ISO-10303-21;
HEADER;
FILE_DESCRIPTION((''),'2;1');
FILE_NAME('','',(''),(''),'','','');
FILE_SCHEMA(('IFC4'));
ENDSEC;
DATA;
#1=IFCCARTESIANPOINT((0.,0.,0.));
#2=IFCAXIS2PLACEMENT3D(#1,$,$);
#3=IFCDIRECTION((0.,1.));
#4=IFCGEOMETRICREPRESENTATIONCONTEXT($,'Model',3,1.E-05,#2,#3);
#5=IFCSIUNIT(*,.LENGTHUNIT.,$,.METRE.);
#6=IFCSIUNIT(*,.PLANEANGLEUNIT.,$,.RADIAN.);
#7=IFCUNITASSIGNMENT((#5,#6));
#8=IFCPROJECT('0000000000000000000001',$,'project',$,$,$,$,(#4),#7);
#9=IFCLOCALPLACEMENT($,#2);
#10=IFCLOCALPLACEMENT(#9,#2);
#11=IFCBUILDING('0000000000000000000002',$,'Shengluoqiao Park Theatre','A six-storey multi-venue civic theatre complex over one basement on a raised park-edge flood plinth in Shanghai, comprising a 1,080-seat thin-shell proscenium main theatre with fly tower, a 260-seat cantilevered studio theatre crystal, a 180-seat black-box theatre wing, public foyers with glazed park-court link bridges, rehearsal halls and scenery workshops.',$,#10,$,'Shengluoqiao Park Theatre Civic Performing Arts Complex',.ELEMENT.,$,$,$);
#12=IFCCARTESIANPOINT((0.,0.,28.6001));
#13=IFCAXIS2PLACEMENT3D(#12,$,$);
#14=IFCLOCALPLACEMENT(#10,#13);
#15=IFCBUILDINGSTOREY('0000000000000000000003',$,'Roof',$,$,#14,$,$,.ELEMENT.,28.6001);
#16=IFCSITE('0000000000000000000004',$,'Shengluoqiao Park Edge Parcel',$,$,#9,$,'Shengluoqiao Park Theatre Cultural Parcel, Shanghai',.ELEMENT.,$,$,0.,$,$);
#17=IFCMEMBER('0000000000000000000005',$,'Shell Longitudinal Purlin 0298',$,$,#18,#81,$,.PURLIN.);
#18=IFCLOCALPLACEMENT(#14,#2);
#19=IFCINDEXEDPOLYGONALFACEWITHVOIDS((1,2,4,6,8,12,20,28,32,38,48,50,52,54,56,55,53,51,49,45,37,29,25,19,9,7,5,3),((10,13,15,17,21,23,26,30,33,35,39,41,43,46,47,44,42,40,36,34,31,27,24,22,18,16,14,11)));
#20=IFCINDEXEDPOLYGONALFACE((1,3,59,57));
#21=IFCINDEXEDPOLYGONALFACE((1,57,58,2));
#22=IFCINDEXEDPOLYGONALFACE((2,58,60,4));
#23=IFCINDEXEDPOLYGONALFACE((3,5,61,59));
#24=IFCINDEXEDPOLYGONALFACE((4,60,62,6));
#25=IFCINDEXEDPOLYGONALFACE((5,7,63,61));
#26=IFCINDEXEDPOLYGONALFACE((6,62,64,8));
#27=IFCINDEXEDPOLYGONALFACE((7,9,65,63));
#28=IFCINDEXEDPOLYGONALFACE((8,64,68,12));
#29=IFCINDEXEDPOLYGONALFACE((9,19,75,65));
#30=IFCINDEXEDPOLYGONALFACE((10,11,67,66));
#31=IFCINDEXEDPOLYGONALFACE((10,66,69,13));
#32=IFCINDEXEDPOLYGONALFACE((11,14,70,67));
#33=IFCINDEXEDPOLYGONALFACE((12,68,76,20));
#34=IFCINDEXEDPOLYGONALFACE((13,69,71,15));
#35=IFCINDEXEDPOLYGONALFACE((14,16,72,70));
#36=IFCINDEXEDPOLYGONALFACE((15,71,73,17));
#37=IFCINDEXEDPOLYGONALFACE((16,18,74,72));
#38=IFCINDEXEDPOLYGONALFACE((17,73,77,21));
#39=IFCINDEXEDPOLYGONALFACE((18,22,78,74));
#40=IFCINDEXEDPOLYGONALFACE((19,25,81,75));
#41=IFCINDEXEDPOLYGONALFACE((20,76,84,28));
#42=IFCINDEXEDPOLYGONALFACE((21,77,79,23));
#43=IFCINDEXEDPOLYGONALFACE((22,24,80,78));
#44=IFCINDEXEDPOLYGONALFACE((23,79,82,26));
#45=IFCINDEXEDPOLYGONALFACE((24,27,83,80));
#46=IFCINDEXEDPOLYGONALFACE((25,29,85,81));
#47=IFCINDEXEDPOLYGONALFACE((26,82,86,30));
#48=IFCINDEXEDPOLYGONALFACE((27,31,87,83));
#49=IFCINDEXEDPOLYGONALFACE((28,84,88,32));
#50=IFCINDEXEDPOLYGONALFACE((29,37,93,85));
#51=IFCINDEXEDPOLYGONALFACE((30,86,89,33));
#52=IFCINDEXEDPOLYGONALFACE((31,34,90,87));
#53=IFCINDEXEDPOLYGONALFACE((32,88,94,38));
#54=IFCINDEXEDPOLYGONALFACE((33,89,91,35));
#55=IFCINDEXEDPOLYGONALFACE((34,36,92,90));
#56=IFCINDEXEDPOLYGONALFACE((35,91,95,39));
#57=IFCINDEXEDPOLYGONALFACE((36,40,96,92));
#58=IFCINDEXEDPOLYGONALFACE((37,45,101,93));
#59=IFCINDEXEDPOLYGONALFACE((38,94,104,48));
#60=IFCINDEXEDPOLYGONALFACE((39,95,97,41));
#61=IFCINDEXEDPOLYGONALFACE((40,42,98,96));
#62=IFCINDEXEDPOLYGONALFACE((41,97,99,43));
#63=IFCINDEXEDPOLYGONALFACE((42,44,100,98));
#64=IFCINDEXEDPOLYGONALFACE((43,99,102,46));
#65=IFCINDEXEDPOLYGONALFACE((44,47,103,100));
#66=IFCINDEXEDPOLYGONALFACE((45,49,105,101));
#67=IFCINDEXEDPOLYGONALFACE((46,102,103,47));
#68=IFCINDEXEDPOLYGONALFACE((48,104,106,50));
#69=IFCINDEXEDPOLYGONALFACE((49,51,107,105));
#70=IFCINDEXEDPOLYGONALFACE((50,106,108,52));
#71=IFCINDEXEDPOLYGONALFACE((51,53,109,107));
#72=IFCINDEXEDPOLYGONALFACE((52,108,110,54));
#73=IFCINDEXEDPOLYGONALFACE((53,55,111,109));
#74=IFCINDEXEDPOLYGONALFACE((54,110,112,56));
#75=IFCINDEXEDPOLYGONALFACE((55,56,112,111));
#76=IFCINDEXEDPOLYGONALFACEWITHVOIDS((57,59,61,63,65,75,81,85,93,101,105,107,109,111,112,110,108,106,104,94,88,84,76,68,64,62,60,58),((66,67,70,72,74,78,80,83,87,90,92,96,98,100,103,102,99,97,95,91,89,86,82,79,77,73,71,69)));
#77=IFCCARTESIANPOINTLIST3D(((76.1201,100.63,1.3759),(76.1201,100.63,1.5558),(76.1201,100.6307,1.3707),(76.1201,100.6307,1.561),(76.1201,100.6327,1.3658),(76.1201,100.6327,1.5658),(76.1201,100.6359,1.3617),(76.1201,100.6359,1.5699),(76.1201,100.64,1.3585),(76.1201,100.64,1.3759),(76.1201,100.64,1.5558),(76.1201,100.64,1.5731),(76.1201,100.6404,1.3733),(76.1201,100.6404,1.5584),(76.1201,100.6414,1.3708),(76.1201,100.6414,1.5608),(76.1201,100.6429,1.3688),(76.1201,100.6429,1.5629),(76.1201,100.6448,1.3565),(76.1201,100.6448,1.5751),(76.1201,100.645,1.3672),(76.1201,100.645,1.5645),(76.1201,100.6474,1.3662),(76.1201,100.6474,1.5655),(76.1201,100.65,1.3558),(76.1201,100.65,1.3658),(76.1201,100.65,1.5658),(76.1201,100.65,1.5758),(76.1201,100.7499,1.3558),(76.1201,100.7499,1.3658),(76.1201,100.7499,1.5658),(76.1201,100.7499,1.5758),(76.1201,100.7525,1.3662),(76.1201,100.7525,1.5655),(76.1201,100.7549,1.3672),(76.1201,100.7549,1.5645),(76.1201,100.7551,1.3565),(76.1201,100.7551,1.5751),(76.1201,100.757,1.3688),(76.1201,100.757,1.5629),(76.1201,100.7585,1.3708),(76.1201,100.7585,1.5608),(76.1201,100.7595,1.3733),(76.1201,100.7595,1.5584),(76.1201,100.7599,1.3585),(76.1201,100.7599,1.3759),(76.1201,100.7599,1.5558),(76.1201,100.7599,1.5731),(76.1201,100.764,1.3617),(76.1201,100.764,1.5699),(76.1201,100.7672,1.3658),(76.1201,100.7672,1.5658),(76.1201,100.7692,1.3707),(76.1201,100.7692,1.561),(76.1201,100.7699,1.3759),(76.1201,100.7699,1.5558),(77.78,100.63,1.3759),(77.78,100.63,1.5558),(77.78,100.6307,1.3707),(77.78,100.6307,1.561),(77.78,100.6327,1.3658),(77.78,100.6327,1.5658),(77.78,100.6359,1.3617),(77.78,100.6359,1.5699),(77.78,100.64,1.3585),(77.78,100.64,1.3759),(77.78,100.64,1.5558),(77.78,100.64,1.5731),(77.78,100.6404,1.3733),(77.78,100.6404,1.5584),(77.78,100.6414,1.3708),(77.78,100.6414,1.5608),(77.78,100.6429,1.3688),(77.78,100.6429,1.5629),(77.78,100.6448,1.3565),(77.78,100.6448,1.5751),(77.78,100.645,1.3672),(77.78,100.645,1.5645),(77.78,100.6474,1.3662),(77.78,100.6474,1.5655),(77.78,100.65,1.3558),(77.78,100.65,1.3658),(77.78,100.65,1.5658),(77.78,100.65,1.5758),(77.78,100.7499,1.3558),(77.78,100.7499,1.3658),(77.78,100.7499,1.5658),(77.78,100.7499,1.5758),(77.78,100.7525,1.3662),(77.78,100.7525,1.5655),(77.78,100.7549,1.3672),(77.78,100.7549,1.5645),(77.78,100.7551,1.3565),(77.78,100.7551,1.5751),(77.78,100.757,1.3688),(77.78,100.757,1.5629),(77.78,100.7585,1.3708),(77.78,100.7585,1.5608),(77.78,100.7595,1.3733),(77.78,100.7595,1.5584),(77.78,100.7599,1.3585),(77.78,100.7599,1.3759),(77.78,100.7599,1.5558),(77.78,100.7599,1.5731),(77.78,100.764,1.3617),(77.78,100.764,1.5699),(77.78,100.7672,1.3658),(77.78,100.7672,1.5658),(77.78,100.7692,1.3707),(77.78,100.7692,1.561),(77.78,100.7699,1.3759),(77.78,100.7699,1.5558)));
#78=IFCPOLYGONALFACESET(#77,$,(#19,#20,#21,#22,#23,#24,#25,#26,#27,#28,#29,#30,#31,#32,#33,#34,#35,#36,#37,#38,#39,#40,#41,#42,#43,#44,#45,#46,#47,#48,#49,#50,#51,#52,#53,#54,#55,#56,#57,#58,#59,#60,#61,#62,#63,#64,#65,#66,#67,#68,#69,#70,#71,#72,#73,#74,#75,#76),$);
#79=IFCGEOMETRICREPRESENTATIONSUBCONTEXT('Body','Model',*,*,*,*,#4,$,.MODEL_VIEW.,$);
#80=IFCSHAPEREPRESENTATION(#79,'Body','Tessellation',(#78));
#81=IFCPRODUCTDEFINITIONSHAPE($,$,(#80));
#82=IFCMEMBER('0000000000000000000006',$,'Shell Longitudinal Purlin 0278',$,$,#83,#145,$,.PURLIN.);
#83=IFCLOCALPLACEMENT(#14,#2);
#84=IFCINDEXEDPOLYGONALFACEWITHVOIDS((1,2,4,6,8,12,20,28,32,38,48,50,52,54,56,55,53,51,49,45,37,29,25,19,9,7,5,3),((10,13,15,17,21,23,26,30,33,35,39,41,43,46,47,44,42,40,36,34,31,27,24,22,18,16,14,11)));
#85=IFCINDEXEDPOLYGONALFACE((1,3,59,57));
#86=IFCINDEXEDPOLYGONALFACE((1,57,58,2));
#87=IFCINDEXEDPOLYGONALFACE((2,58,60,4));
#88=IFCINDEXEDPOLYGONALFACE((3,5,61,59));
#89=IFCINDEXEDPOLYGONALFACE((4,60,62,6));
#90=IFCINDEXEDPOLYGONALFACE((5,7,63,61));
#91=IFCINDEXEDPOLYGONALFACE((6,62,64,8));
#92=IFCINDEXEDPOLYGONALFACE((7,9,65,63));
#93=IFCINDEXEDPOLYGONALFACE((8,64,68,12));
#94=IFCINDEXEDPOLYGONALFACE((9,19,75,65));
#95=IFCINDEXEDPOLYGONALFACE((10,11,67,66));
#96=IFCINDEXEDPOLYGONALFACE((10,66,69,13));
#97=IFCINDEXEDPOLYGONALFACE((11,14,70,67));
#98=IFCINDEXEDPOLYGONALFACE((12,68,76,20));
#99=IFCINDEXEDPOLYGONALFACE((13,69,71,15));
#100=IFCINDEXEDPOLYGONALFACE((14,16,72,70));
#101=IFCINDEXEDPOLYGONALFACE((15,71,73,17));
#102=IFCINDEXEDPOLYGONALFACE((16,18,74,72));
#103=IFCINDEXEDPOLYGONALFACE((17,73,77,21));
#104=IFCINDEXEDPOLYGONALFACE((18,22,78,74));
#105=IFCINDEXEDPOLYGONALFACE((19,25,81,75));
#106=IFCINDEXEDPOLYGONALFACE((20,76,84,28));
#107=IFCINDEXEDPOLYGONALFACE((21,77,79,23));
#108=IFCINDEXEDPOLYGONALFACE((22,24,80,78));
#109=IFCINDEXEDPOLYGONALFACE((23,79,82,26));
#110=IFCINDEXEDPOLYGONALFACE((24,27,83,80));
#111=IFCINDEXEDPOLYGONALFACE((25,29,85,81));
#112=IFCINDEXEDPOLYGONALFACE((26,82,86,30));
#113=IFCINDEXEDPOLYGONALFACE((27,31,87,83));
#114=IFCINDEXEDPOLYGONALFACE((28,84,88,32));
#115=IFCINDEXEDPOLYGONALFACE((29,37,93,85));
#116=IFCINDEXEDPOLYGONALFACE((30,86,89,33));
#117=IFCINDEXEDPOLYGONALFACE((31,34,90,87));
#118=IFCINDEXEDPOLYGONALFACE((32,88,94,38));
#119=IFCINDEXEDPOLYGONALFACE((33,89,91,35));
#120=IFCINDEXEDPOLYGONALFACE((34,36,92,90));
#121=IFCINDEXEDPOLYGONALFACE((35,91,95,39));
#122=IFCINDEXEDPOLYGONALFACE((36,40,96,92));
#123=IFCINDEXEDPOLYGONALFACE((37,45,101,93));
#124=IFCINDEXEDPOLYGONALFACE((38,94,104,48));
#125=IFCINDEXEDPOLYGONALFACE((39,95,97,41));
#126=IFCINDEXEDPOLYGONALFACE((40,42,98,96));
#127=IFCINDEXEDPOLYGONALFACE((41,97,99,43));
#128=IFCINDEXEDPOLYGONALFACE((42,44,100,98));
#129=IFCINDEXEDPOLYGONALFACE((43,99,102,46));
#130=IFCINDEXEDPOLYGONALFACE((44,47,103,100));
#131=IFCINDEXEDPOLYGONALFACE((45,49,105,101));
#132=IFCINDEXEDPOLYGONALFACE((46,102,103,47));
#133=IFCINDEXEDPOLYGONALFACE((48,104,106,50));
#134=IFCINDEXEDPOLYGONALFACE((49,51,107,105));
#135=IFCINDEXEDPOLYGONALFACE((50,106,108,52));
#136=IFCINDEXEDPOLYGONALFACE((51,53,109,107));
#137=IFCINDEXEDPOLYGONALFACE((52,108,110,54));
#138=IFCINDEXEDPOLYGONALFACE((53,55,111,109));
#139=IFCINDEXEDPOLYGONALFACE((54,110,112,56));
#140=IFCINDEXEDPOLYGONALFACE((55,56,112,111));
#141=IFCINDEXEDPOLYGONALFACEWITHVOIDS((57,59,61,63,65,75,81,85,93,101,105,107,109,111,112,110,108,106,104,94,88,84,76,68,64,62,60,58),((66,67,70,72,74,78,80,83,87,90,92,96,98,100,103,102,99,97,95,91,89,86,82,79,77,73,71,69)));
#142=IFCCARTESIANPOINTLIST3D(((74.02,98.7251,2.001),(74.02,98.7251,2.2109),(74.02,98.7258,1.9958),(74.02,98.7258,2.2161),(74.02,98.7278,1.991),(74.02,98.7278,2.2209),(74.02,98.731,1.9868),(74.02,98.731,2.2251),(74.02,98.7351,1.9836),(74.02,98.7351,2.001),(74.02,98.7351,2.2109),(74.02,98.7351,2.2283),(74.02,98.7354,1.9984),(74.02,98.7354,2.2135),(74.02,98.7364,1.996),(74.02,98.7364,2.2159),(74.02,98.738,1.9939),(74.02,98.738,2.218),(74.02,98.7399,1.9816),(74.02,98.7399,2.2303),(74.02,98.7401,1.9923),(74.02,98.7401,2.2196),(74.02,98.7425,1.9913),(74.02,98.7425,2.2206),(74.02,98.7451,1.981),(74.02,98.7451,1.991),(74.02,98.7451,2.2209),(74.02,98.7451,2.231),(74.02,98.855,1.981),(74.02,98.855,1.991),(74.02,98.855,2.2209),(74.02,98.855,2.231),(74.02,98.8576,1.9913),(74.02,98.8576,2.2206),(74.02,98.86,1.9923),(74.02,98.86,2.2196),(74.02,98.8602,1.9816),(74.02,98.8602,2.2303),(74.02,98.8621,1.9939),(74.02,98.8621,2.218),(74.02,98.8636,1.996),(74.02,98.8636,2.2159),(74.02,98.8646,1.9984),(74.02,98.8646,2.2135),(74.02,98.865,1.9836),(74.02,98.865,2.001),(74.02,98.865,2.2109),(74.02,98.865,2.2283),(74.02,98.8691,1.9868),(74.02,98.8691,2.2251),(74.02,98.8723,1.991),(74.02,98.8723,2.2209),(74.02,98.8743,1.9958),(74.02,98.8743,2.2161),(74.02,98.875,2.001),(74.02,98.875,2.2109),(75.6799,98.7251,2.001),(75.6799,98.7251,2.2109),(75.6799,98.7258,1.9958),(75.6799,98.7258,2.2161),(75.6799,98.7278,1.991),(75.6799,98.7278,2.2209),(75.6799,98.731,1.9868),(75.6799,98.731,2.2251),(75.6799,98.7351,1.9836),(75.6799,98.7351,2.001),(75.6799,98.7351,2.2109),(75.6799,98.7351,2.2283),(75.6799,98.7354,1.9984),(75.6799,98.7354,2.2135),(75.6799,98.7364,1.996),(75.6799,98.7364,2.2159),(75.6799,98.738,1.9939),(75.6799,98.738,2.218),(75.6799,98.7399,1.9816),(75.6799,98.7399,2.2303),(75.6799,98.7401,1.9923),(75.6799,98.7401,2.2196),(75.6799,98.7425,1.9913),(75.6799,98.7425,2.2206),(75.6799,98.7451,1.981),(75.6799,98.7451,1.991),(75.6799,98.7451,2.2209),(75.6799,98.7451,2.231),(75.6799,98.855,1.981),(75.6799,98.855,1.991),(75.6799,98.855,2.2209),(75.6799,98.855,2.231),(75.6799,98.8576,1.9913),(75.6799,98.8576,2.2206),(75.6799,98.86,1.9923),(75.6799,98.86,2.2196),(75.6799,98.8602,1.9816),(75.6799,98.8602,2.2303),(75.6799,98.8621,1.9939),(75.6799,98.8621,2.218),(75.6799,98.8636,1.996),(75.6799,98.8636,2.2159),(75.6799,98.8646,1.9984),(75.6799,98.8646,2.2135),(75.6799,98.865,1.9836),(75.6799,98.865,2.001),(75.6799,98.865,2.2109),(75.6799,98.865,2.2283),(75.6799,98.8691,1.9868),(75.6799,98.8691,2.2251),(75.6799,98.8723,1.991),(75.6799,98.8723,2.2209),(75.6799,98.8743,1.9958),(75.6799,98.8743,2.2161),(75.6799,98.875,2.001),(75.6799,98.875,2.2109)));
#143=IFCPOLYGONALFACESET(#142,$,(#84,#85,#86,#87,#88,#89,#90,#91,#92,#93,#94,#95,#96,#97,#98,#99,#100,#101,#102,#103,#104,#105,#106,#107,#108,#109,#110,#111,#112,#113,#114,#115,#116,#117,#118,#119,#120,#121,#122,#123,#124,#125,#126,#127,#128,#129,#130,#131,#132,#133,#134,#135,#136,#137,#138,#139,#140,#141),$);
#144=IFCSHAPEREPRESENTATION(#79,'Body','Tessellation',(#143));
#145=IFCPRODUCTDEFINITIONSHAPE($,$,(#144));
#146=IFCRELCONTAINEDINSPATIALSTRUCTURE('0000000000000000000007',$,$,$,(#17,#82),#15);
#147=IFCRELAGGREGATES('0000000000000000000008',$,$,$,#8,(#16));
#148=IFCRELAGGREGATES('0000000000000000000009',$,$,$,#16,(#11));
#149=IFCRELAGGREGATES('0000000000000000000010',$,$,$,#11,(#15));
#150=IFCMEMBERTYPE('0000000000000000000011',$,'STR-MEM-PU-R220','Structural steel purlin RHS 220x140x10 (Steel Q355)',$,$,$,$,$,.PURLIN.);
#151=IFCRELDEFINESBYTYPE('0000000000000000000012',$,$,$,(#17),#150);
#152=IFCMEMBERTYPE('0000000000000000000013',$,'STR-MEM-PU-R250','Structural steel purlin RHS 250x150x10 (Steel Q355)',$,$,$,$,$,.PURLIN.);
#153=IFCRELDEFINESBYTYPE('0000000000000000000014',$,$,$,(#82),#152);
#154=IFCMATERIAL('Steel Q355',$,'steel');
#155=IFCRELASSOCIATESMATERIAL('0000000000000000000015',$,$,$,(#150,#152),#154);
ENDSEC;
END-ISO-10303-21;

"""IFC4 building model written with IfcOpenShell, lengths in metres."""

from ifc_helpers import new_model, si_unit, direction, frame, origin, origin_2d, place, context, subcontext, project, spatial, hollow_rectangle, extrude, material, material_profile, profile_set, type_object, element, save


model = new_model("IFC4")

# Units and contexts
model_context = context("Model", 3, precision=1e-05, world=origin(), true_north=direction((0.0, 1.0)))
body_context = subcontext(model_context, "Body", "Model", "MODEL_VIEW")
ifc_project = project(units=[si_unit("LENGTHUNIT", "METRE"), si_unit("PLANEANGLEUNIT", "RADIAN")], contexts=[model_context])

# Site, building, storey
site_placement = place(None, origin())
site = spatial("IfcSite", under=ifc_project, at=site_placement, Name="Shengluoqiao Park Edge Parcel", LongName="Shengluoqiao Park Theatre Cultural Parcel, Shanghai", CompositionType="ELEMENT", RefElevation=0.0)
building_placement = place(site_placement, origin())
building = spatial("IfcBuilding", under=site, at=building_placement, Name="Shengluoqiao Park Theatre", Description="A six-storey multi-venue civic theatre complex over one basement on a raised park-edge flood plinth in Shanghai, comprising a 1,080-seat thin-shell proscenium main theatre with fly tower, a 260-seat cantilevered studio theatre crystal, a 180-seat black-box theatre wing, public foyers with glazed park-court link bridges, rehearsal halls and scenery workshops.", LongName="Shengluoqiao Park Theatre Civic Performing Arts Complex", CompositionType="ELEMENT")
storey_placement = place(building_placement, frame((0.0, 0.0, 28.6001)))
storey = spatial("IfcBuildingStorey", under=building, at=storey_placement, Name="Roof", CompositionType="ELEMENT", Elevation=28.6001)

# Shared definitions
ifc_material_1 = material(Name="Steel Q355", Category="steel")

# Members
ifc_material_profile_1 = material_profile(ifc_material_1, hollow_rectangle(XDim=0.1399, YDim=0.22, WallThickness=0.01, InnerFilletRadius=0.01, OuterFilletRadius=0.02, at=origin_2d()), Name="RHS 220x140x10")
ifc_profile_set_1 = profile_set([ifc_material_profile_1], Name="Steel Q355")
member_type_1 = type_object("IfcMemberType", Name="STR-MEM-PU-R220", Description="Structural steel purlin RHS 220x140x10 (Steel Q355)", PredefinedType="PURLIN", material=ifc_profile_set_1)
for number, where, z_axis, x_axis, name in (
    (1, (76.1201, 100.7, 1.4658), (1.0, 0.0, 0.0), (0.0, 1.0, 0.0), "Shell Longitudinal Purlin 0298"),
):
    element("IfcMember", number, at=place(storey_placement, frame(where, z_axis=z_axis, x_axis=x_axis)), inside=storey, type_object=member_type_1, Name=name, PredefinedType="PURLIN", context=body_context, shape_type="SweptSolid", body=[
        extrude(hollow_rectangle(XDim=0.1399, YDim=0.22, WallThickness=0.01, InnerFilletRadius=0.01, OuterFilletRadius=0.02, at=origin_2d()), origin(), (0.0, 0.0, 1.0), 1.6599),
    ])
ifc_material_profile_2 = material_profile(ifc_material_1, hollow_rectangle(XDim=0.1499, YDim=0.25, WallThickness=0.01, InnerFilletRadius=0.01, OuterFilletRadius=0.02, at=origin_2d()), Name="RHS 250x150x10")
ifc_profile_set_2 = profile_set([ifc_material_profile_2], Name="Steel Q355")
member_type_2 = type_object("IfcMemberType", Name="STR-MEM-PU-R250", Description="Structural steel purlin RHS 250x150x10 (Steel Q355)", PredefinedType="PURLIN", material=ifc_profile_set_2)
for number, where, z_axis, x_axis, name in (
    (2, (74.02, 98.8, 2.106), (1.0, 0.0, 0.0), (0.0, 1.0, 0.0), "Shell Longitudinal Purlin 0278"),
):
    element("IfcMember", number, at=place(storey_placement, frame(where, z_axis=z_axis, x_axis=x_axis)), inside=storey, type_object=member_type_2, Name=name, PredefinedType="PURLIN", context=body_context, shape_type="SweptSolid", body=[
        extrude(hollow_rectangle(XDim=0.1499, YDim=0.25, WallThickness=0.01, InnerFilletRadius=0.01, OuterFilletRadius=0.02, at=origin_2d()), origin(), (0.0, 0.0, 1.0), 1.6599),
    ])

save(model, "model.ifc")
